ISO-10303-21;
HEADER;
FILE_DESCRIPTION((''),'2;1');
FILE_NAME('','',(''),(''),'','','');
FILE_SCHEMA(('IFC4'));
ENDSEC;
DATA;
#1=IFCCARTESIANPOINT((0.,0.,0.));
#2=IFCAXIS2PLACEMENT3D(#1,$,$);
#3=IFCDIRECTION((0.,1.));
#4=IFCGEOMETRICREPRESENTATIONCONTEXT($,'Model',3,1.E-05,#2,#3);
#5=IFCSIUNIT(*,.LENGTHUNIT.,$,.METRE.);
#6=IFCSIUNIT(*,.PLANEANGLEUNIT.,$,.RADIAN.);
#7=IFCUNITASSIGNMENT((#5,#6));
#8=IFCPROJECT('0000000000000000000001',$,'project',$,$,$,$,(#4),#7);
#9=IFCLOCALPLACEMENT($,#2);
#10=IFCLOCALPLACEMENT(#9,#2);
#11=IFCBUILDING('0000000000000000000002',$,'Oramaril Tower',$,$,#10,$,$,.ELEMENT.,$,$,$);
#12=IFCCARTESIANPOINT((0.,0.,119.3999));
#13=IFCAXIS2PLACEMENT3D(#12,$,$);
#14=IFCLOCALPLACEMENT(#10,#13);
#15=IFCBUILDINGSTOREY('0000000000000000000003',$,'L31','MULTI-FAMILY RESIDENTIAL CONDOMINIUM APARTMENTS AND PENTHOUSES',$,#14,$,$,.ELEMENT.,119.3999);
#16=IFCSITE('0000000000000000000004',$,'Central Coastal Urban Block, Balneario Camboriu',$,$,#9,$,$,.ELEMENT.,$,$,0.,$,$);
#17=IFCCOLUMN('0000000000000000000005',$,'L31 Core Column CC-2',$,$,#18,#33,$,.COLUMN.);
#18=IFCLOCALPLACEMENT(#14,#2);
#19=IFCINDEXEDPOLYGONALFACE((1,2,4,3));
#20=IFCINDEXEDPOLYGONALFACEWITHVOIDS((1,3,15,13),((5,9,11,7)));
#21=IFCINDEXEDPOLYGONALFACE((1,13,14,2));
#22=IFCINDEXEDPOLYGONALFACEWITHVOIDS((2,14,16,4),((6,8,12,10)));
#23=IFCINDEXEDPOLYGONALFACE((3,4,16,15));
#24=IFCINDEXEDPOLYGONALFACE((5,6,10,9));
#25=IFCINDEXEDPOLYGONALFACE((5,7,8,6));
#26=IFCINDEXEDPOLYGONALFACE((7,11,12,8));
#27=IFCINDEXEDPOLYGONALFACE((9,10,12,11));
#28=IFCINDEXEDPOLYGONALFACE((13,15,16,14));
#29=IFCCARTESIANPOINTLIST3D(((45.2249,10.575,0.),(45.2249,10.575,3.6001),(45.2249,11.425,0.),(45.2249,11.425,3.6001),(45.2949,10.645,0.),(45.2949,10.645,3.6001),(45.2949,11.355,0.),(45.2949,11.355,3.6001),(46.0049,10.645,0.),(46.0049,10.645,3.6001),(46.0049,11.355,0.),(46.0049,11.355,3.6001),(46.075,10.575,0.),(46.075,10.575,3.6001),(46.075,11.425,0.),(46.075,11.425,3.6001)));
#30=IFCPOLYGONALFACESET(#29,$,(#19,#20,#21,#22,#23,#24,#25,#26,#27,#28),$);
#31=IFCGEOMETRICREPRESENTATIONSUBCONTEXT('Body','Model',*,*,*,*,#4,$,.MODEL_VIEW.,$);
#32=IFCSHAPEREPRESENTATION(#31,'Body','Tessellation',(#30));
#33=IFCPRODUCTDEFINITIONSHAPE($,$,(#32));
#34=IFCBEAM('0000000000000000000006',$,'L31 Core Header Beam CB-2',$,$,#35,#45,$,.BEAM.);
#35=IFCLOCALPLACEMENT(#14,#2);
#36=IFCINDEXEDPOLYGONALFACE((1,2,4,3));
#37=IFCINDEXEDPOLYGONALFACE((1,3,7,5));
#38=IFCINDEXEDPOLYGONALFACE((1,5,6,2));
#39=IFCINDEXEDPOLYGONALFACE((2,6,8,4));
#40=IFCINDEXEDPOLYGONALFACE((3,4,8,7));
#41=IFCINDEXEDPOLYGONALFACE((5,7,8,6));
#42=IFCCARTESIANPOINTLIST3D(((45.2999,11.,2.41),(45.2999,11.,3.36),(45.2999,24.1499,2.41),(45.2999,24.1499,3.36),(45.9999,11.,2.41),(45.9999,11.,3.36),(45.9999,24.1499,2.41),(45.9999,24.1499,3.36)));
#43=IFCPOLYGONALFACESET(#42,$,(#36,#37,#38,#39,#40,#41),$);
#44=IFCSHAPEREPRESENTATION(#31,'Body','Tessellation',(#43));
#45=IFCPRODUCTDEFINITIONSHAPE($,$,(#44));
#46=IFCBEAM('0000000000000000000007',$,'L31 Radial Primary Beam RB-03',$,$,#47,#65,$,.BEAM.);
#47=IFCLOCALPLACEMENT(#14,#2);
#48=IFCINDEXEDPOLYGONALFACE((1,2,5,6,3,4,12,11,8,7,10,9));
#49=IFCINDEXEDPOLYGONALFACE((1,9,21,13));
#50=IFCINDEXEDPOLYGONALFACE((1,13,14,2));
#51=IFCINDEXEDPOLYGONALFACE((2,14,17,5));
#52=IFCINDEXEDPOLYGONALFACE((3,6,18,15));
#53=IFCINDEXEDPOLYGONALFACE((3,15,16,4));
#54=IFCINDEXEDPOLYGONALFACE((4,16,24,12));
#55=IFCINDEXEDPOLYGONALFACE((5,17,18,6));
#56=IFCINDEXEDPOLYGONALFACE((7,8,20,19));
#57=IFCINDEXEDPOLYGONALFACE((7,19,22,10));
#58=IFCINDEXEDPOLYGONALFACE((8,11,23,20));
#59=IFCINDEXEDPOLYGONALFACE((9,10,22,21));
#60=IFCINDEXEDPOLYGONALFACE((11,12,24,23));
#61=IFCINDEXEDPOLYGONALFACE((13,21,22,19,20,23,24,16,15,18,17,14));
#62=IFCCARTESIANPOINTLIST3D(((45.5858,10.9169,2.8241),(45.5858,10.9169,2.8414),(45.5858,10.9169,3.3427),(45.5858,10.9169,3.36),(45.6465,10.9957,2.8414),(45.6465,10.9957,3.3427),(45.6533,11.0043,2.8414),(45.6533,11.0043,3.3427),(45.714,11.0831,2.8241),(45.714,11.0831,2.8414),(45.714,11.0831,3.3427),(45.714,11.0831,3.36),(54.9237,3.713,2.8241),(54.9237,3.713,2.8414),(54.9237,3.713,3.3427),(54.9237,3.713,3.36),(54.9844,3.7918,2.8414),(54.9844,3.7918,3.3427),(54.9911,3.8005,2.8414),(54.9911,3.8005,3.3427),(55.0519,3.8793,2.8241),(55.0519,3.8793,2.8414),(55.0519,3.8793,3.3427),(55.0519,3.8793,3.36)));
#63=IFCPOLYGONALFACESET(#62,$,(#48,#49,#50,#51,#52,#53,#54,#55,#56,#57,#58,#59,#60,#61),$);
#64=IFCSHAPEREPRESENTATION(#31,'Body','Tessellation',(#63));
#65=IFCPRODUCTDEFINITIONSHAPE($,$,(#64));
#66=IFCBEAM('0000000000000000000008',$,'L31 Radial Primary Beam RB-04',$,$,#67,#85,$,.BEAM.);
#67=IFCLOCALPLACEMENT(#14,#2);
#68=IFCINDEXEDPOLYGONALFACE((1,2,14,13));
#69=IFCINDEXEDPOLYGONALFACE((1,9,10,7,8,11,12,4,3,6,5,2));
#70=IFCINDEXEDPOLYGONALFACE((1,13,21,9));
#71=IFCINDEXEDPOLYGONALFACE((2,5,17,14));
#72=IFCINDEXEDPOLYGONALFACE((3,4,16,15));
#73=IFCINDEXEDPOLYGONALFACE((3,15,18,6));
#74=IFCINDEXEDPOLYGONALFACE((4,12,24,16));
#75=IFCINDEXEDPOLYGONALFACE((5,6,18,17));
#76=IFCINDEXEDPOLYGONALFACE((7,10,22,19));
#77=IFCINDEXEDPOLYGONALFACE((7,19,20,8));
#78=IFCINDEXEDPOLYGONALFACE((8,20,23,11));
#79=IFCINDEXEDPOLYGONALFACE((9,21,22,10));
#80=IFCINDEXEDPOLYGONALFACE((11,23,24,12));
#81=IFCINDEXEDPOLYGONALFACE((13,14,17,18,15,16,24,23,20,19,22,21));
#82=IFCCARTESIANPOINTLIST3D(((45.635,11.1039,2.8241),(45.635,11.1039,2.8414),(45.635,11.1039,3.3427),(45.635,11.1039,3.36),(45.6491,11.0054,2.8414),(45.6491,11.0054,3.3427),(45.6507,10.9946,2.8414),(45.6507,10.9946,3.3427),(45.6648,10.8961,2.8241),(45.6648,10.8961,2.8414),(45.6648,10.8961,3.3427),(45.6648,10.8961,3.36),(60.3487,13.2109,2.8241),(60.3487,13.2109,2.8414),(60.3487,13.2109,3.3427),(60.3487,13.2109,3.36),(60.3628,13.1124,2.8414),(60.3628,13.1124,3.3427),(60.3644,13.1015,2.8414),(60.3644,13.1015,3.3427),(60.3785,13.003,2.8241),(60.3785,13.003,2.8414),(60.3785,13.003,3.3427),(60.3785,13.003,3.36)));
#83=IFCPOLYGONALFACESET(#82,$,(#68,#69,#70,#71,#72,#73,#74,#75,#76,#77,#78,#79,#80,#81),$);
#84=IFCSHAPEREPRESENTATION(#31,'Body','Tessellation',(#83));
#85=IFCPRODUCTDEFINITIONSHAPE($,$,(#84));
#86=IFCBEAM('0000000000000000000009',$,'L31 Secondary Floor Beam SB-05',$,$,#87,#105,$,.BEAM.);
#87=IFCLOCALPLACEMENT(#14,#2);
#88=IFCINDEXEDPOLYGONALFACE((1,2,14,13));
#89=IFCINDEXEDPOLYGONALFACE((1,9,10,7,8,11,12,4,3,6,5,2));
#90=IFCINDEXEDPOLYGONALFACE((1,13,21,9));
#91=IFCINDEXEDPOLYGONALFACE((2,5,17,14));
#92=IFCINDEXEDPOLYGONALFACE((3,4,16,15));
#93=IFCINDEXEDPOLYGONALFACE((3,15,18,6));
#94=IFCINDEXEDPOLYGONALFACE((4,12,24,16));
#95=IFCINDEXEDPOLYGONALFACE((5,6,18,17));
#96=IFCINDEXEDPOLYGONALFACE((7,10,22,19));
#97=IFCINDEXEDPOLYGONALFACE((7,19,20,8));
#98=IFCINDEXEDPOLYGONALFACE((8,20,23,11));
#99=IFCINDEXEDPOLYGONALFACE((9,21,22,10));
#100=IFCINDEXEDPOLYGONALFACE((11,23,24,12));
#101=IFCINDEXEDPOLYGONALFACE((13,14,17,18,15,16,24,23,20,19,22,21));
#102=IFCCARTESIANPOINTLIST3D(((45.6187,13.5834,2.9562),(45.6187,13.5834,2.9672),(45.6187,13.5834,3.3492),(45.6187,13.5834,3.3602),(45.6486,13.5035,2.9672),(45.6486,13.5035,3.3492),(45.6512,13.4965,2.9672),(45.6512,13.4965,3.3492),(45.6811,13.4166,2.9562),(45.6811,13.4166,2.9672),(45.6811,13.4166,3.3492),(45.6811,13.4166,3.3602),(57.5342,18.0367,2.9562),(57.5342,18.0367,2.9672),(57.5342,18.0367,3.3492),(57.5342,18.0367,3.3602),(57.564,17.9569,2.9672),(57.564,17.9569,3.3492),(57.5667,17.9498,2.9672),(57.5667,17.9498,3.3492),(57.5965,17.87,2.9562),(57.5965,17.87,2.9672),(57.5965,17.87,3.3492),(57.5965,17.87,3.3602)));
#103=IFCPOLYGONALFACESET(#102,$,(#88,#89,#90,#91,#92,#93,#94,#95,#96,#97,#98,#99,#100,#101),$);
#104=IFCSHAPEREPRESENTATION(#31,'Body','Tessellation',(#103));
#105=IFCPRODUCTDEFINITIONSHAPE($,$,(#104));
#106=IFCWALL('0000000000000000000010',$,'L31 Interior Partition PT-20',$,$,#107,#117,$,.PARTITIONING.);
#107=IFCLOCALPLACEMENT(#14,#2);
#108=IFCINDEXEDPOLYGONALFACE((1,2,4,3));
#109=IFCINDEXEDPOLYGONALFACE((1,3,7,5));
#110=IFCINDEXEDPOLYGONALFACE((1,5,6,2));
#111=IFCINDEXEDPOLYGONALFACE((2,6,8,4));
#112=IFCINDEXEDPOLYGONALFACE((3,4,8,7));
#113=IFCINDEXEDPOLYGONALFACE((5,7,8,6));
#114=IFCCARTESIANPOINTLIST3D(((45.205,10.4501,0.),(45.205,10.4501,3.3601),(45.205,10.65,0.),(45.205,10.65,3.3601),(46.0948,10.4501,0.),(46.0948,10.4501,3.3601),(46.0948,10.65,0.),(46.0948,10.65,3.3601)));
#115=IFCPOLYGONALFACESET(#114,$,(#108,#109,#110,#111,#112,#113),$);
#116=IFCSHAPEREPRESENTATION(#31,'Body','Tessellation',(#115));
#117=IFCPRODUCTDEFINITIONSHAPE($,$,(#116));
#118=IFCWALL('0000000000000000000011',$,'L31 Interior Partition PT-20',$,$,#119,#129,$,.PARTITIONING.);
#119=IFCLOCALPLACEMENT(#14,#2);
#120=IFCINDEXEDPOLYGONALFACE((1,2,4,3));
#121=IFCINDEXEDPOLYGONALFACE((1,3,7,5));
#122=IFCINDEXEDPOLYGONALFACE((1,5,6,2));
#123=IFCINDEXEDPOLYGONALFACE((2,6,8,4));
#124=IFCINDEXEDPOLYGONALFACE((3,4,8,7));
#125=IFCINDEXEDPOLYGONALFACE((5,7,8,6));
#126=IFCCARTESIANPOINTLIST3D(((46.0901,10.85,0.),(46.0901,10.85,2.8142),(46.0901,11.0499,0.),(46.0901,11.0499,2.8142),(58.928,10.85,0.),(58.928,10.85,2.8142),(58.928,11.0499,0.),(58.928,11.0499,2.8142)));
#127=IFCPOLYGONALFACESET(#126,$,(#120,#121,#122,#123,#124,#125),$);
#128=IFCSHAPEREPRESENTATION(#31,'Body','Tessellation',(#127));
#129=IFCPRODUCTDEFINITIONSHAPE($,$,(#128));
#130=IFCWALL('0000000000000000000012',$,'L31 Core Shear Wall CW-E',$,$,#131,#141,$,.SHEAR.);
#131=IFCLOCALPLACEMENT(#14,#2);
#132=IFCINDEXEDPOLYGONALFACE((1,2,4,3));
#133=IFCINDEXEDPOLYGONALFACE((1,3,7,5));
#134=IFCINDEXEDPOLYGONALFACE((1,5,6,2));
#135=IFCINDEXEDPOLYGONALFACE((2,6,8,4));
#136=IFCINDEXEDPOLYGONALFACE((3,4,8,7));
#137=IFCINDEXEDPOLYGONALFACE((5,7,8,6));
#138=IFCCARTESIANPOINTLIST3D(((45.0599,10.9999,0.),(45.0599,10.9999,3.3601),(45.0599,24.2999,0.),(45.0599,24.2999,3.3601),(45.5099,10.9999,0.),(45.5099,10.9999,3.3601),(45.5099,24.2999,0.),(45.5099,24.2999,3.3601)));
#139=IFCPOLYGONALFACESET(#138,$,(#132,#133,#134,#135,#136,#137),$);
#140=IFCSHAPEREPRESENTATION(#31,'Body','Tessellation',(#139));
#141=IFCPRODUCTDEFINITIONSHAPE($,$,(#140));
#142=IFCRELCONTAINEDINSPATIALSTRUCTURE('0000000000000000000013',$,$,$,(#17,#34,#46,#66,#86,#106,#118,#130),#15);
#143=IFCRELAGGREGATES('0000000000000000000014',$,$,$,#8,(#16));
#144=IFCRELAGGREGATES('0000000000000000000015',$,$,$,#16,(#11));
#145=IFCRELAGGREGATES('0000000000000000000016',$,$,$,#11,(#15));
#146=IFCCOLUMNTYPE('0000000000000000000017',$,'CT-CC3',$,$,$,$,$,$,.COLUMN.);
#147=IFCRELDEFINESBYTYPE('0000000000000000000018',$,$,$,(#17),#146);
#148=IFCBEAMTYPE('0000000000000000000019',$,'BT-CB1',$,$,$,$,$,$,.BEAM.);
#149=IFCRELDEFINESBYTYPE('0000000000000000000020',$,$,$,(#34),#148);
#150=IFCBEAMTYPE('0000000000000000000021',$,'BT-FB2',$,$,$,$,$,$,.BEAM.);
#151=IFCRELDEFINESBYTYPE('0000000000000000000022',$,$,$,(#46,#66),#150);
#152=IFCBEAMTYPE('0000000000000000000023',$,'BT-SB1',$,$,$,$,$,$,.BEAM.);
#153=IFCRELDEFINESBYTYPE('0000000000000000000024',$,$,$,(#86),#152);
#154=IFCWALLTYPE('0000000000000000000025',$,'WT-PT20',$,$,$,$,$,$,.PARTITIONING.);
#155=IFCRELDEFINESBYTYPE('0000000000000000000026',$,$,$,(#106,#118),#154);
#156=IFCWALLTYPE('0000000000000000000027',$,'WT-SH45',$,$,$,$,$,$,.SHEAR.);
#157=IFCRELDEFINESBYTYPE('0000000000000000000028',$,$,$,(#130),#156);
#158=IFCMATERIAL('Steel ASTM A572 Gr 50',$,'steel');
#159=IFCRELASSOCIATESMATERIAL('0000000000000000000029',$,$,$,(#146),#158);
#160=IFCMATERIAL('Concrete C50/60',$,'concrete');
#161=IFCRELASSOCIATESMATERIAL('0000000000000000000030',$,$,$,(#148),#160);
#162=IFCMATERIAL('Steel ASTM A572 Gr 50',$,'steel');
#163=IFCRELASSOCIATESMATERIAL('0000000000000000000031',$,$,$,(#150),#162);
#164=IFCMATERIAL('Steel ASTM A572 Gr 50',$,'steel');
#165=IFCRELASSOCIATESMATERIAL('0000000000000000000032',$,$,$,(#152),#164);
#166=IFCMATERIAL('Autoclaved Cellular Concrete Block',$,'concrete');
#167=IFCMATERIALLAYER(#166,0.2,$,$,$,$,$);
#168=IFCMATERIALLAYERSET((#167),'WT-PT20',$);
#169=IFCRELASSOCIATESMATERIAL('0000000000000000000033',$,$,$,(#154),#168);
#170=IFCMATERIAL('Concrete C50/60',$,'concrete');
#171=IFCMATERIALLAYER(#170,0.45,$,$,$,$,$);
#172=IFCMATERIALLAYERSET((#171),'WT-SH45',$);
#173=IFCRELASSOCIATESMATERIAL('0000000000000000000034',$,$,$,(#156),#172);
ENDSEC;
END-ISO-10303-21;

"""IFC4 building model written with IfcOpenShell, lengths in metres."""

from ifc_helpers import new_model, si_unit, direction, frame, frame_2d, origin, origin_2d, place, context, subcontext, project, spatial, rectangle, hollow_rectangle, i_section, extrude, material, layer, layer_set, material_profile, profile_set, type_object, element, save


model = new_model("IFC4")

# Units and contexts
model_context = context("Model", 3, precision=1e-05, world=origin(), true_north=direction((0.0, 1.0)))
body_context = subcontext(model_context, "Body", "Model", "MODEL_VIEW")
ifc_project = project(units=[si_unit("LENGTHUNIT", "METRE"), si_unit("PLANEANGLEUNIT", "RADIAN")], contexts=[model_context])

# Site, building, storey
site_placement = place(None, origin())
site = spatial("IfcSite", under=ifc_project, at=site_placement, Name="Central Coastal Urban Block, Balneario Camboriu", CompositionType="ELEMENT", RefElevation=0.0)
building_placement = place(site_placement, origin())
building = spatial("IfcBuilding", under=site, at=building_placement, Name="Oramaril Tower", CompositionType="ELEMENT")
storey_placement = place(building_placement, frame((0.0, 0.0, 119.3999)))
storey = spatial("IfcBuildingStorey", under=building, at=storey_placement, Name="L31", Description="MULTI-FAMILY RESIDENTIAL CONDOMINIUM APARTMENTS AND PENTHOUSES", CompositionType="ELEMENT", Elevation=119.3999)

# Column
ifc_material_1 = material(Name="Steel ASTM A572 Gr 50", Category="steel")
ifc_material_profile_1 = material_profile(ifc_material_1, hollow_rectangle(XDim=0.8501, YDim=0.8501, WallThickness=0.0701, at=origin_2d()), Name="BOX850X850X70")
ifc_profile_set_1 = profile_set([ifc_material_profile_1], Name="Steel ASTM A572 Gr 50")
column_type = type_object("IfcColumnType", Name="CT-CC3", PredefinedType="COLUMN", material=ifc_profile_set_1)
column_placement = place(storey_placement, frame((45.6499, 11.0, 0.0), z_axis=(0.0, 0.0, 1.0), x_axis=(1.0, 0.0, 0.0)))
element("IfcColumn", 1, at=column_placement, inside=storey, type_object=column_type, Name="L31 Core Column CC-2", PredefinedType="COLUMN", context=body_context, shape_type="SweptSolid", body=[
    extrude(hollow_rectangle(XDim=0.8501, YDim=0.8501, WallThickness=0.0701, at=origin_2d()), origin(), (0.0, 0.0, 1.0), 3.6001),
])

# Beams
ifc_material_2 = material(Name="Concrete C50/60", Category="concrete")
ifc_material_profile_2 = material_profile(ifc_material_2, rectangle(XDim=0.7, YDim=0.95, at=origin_2d()), Name="CB700X950")
ifc_profile_set_2 = profile_set([ifc_material_profile_2], Name="Concrete C50/60")
beam_type_1 = type_object("IfcBeamType", Name="BT-CB1", PredefinedType="BEAM", material=ifc_profile_set_2)
beam_1_placement = place(storey_placement, frame((45.6499, 11.0, 2.885), z_axis=(0.0, 1.0, 0.0), x_axis=(-1.0, 0.0, 0.0)))
element("IfcBeam", 2, at=beam_1_placement, inside=storey, type_object=beam_type_1, Name="L31 Core Header Beam CB-2", PredefinedType="BEAM", context=body_context, shape_type="SweptSolid", body=[
    extrude(rectangle(XDim=0.7, YDim=0.95, at=origin_2d()), origin(), (0.0, 0.0, 1.0), 13.1499),
])
ifc_material_3 = material(Name="Steel ASTM A572 Gr 50", Category="steel")
ifc_material_profile_3 = material_profile(ifc_material_3, i_section(OverallWidth=0.21, OverallDepth=0.5359, WebThickness=0.011, FlangeThickness=0.0173, at=origin_2d()), Name="W21X68")
ifc_profile_set_3 = profile_set([ifc_material_profile_3], Name="Steel ASTM A572 Gr 50")
beam_type_2 = type_object("IfcBeamType", Name="BT-FB2", PredefinedType="BEAM", material=ifc_profile_set_3)
beam_2_placement = place(storey_placement, frame((45.6499, 11.0, 3.092), z_axis=(0.791768, -0.610822, 0.0), x_axis=(0.610822, 0.791768, 0.0)))
element("IfcBeam", 3, at=beam_2_placement, inside=storey, type_object=beam_type_2, Name="L31 Radial Primary Beam RB-03", PredefinedType="BEAM", context=body_context, shape_type="SweptSolid", body=[
    extrude(i_section(OverallWidth=0.21, OverallDepth=0.5359, WebThickness=0.011, FlangeThickness=0.0173, at=origin_2d()), origin(), (0.0, 0.0, 1.0), 11.7937),
])
beam_3_placement = place(storey_placement, frame((45.6499, 11.0, 3.092), z_axis=(0.989902, 0.14175, 0.0), x_axis=(-0.14175, 0.989902, 0.0)))
element("IfcBeam", 4, at=beam_3_placement, inside=storey, type_object=beam_type_2, Name="L31 Radial Primary Beam RB-04", PredefinedType="BEAM", context=body_context, shape_type="SweptSolid", body=[
    extrude(i_section(OverallWidth=0.21, OverallDepth=0.5359, WebThickness=0.011, FlangeThickness=0.0173, at=origin_2d()), origin(), (0.0, 0.0, 1.0), 14.8638),
])
ifc_material_4 = material(Name="Steel ASTM A572 Gr 50", Category="steel")
ifc_material_profile_4 = material_profile(ifc_material_4, i_section(OverallWidth=0.178, OverallDepth=0.4041, WebThickness=0.0076, FlangeThickness=0.011, at=origin_2d()), Name="W16X36")
ifc_profile_set_4 = profile_set([ifc_material_profile_4], Name="Steel ASTM A572 Gr 50")
beam_type_3 = type_object("IfcBeamType", Name="BT-SB1", PredefinedType="BEAM", material=ifc_profile_set_4)
beam_4_placement = place(storey_placement, frame((45.6499, 13.5, 3.1582), z_axis=(0.936715, 0.350093, 0.0), x_axis=(-0.350093, 0.936715, 0.0)))
element("IfcBeam", 5, at=beam_4_placement, inside=storey, type_object=beam_type_3, Name="L31 Secondary Floor Beam SB-05", PredefinedType="BEAM", context=body_context, shape_type="SweptSolid", body=[
    extrude(i_section(OverallWidth=0.178, OverallDepth=0.4041, WebThickness=0.0076, FlangeThickness=0.011, at=origin_2d()), origin(), (0.0, 0.0, 1.0), 12.7205),
])

# Walls
ifc_material_5 = material(Name="Autoclaved Cellular Concrete Block", Category="concrete")
ifc_layer_1 = layer(ifc_material_5, 0.2)
ifc_layer_set_1 = layer_set([ifc_layer_1], Name="WT-PT20")
wall_type_1 = type_object("IfcWallType", Name="WT-PT20", PredefinedType="PARTITIONING", material=ifc_layer_set_1)
wall_1_placement = place(storey_placement, frame((45.2051, 10.55, 0.0), z_axis=(0.0, 0.0, 1.0), x_axis=(1.0, 0.0, 0.0)))
element("IfcWall", 6, at=wall_1_placement, inside=storey, type_object=wall_type_1, Name="L31 Interior Partition PT-20", PredefinedType="PARTITIONING", context=body_context, shape_type="SweptSolid", body=[
    extrude(rectangle(XDim=0.8899, YDim=0.2, at=frame_2d((0.4448, 0.0))), origin(), (0.0, 0.0, 1.0), 3.3601),
])
wall_2_placement = place(storey_placement, frame((46.0901, 10.95, 0.0), z_axis=(0.0, 0.0, 1.0), x_axis=(1.0, 0.0, 0.0)))
element("IfcWall", 7, at=wall_2_placement, inside=storey, type_object=wall_type_1, Name="L31 Interior Partition PT-20", PredefinedType="PARTITIONING", context=body_context, shape_type="SweptSolid", body=[
    extrude(rectangle(XDim=12.8379, YDim=0.2, at=frame_2d((6.4189, 0.0))), origin(), (0.0, 0.0, 1.0), 2.8142),
])
ifc_material_6 = material(Name="Concrete C50/60", Category="concrete")
ifc_layer_2 = layer(ifc_material_6, 0.45)
ifc_layer_set_2 = layer_set([ifc_layer_2], Name="WT-SH45")
wall_type_2 = type_object("IfcWallType", Name="WT-SH45", PredefinedType="SHEAR", material=ifc_layer_set_2)
wall_3_placement = place(storey_placement, frame((45.2849, 11.0, 0.0), z_axis=(0.0, 0.0, 1.0), x_axis=(0.0, 1.0, 0.0)))
element("IfcWall", 8, at=wall_3_placement, inside=storey, type_object=wall_type_2, Name="L31 Core Shear Wall CW-E", PredefinedType="SHEAR", context=body_context, shape_type="SweptSolid", body=[
    extrude(rectangle(XDim=13.3, YDim=0.45, at=frame_2d((6.6499, 0.0))), origin(), (0.0, 0.0, 1.0), 3.3601),
])

save(model, "model.ifc")
